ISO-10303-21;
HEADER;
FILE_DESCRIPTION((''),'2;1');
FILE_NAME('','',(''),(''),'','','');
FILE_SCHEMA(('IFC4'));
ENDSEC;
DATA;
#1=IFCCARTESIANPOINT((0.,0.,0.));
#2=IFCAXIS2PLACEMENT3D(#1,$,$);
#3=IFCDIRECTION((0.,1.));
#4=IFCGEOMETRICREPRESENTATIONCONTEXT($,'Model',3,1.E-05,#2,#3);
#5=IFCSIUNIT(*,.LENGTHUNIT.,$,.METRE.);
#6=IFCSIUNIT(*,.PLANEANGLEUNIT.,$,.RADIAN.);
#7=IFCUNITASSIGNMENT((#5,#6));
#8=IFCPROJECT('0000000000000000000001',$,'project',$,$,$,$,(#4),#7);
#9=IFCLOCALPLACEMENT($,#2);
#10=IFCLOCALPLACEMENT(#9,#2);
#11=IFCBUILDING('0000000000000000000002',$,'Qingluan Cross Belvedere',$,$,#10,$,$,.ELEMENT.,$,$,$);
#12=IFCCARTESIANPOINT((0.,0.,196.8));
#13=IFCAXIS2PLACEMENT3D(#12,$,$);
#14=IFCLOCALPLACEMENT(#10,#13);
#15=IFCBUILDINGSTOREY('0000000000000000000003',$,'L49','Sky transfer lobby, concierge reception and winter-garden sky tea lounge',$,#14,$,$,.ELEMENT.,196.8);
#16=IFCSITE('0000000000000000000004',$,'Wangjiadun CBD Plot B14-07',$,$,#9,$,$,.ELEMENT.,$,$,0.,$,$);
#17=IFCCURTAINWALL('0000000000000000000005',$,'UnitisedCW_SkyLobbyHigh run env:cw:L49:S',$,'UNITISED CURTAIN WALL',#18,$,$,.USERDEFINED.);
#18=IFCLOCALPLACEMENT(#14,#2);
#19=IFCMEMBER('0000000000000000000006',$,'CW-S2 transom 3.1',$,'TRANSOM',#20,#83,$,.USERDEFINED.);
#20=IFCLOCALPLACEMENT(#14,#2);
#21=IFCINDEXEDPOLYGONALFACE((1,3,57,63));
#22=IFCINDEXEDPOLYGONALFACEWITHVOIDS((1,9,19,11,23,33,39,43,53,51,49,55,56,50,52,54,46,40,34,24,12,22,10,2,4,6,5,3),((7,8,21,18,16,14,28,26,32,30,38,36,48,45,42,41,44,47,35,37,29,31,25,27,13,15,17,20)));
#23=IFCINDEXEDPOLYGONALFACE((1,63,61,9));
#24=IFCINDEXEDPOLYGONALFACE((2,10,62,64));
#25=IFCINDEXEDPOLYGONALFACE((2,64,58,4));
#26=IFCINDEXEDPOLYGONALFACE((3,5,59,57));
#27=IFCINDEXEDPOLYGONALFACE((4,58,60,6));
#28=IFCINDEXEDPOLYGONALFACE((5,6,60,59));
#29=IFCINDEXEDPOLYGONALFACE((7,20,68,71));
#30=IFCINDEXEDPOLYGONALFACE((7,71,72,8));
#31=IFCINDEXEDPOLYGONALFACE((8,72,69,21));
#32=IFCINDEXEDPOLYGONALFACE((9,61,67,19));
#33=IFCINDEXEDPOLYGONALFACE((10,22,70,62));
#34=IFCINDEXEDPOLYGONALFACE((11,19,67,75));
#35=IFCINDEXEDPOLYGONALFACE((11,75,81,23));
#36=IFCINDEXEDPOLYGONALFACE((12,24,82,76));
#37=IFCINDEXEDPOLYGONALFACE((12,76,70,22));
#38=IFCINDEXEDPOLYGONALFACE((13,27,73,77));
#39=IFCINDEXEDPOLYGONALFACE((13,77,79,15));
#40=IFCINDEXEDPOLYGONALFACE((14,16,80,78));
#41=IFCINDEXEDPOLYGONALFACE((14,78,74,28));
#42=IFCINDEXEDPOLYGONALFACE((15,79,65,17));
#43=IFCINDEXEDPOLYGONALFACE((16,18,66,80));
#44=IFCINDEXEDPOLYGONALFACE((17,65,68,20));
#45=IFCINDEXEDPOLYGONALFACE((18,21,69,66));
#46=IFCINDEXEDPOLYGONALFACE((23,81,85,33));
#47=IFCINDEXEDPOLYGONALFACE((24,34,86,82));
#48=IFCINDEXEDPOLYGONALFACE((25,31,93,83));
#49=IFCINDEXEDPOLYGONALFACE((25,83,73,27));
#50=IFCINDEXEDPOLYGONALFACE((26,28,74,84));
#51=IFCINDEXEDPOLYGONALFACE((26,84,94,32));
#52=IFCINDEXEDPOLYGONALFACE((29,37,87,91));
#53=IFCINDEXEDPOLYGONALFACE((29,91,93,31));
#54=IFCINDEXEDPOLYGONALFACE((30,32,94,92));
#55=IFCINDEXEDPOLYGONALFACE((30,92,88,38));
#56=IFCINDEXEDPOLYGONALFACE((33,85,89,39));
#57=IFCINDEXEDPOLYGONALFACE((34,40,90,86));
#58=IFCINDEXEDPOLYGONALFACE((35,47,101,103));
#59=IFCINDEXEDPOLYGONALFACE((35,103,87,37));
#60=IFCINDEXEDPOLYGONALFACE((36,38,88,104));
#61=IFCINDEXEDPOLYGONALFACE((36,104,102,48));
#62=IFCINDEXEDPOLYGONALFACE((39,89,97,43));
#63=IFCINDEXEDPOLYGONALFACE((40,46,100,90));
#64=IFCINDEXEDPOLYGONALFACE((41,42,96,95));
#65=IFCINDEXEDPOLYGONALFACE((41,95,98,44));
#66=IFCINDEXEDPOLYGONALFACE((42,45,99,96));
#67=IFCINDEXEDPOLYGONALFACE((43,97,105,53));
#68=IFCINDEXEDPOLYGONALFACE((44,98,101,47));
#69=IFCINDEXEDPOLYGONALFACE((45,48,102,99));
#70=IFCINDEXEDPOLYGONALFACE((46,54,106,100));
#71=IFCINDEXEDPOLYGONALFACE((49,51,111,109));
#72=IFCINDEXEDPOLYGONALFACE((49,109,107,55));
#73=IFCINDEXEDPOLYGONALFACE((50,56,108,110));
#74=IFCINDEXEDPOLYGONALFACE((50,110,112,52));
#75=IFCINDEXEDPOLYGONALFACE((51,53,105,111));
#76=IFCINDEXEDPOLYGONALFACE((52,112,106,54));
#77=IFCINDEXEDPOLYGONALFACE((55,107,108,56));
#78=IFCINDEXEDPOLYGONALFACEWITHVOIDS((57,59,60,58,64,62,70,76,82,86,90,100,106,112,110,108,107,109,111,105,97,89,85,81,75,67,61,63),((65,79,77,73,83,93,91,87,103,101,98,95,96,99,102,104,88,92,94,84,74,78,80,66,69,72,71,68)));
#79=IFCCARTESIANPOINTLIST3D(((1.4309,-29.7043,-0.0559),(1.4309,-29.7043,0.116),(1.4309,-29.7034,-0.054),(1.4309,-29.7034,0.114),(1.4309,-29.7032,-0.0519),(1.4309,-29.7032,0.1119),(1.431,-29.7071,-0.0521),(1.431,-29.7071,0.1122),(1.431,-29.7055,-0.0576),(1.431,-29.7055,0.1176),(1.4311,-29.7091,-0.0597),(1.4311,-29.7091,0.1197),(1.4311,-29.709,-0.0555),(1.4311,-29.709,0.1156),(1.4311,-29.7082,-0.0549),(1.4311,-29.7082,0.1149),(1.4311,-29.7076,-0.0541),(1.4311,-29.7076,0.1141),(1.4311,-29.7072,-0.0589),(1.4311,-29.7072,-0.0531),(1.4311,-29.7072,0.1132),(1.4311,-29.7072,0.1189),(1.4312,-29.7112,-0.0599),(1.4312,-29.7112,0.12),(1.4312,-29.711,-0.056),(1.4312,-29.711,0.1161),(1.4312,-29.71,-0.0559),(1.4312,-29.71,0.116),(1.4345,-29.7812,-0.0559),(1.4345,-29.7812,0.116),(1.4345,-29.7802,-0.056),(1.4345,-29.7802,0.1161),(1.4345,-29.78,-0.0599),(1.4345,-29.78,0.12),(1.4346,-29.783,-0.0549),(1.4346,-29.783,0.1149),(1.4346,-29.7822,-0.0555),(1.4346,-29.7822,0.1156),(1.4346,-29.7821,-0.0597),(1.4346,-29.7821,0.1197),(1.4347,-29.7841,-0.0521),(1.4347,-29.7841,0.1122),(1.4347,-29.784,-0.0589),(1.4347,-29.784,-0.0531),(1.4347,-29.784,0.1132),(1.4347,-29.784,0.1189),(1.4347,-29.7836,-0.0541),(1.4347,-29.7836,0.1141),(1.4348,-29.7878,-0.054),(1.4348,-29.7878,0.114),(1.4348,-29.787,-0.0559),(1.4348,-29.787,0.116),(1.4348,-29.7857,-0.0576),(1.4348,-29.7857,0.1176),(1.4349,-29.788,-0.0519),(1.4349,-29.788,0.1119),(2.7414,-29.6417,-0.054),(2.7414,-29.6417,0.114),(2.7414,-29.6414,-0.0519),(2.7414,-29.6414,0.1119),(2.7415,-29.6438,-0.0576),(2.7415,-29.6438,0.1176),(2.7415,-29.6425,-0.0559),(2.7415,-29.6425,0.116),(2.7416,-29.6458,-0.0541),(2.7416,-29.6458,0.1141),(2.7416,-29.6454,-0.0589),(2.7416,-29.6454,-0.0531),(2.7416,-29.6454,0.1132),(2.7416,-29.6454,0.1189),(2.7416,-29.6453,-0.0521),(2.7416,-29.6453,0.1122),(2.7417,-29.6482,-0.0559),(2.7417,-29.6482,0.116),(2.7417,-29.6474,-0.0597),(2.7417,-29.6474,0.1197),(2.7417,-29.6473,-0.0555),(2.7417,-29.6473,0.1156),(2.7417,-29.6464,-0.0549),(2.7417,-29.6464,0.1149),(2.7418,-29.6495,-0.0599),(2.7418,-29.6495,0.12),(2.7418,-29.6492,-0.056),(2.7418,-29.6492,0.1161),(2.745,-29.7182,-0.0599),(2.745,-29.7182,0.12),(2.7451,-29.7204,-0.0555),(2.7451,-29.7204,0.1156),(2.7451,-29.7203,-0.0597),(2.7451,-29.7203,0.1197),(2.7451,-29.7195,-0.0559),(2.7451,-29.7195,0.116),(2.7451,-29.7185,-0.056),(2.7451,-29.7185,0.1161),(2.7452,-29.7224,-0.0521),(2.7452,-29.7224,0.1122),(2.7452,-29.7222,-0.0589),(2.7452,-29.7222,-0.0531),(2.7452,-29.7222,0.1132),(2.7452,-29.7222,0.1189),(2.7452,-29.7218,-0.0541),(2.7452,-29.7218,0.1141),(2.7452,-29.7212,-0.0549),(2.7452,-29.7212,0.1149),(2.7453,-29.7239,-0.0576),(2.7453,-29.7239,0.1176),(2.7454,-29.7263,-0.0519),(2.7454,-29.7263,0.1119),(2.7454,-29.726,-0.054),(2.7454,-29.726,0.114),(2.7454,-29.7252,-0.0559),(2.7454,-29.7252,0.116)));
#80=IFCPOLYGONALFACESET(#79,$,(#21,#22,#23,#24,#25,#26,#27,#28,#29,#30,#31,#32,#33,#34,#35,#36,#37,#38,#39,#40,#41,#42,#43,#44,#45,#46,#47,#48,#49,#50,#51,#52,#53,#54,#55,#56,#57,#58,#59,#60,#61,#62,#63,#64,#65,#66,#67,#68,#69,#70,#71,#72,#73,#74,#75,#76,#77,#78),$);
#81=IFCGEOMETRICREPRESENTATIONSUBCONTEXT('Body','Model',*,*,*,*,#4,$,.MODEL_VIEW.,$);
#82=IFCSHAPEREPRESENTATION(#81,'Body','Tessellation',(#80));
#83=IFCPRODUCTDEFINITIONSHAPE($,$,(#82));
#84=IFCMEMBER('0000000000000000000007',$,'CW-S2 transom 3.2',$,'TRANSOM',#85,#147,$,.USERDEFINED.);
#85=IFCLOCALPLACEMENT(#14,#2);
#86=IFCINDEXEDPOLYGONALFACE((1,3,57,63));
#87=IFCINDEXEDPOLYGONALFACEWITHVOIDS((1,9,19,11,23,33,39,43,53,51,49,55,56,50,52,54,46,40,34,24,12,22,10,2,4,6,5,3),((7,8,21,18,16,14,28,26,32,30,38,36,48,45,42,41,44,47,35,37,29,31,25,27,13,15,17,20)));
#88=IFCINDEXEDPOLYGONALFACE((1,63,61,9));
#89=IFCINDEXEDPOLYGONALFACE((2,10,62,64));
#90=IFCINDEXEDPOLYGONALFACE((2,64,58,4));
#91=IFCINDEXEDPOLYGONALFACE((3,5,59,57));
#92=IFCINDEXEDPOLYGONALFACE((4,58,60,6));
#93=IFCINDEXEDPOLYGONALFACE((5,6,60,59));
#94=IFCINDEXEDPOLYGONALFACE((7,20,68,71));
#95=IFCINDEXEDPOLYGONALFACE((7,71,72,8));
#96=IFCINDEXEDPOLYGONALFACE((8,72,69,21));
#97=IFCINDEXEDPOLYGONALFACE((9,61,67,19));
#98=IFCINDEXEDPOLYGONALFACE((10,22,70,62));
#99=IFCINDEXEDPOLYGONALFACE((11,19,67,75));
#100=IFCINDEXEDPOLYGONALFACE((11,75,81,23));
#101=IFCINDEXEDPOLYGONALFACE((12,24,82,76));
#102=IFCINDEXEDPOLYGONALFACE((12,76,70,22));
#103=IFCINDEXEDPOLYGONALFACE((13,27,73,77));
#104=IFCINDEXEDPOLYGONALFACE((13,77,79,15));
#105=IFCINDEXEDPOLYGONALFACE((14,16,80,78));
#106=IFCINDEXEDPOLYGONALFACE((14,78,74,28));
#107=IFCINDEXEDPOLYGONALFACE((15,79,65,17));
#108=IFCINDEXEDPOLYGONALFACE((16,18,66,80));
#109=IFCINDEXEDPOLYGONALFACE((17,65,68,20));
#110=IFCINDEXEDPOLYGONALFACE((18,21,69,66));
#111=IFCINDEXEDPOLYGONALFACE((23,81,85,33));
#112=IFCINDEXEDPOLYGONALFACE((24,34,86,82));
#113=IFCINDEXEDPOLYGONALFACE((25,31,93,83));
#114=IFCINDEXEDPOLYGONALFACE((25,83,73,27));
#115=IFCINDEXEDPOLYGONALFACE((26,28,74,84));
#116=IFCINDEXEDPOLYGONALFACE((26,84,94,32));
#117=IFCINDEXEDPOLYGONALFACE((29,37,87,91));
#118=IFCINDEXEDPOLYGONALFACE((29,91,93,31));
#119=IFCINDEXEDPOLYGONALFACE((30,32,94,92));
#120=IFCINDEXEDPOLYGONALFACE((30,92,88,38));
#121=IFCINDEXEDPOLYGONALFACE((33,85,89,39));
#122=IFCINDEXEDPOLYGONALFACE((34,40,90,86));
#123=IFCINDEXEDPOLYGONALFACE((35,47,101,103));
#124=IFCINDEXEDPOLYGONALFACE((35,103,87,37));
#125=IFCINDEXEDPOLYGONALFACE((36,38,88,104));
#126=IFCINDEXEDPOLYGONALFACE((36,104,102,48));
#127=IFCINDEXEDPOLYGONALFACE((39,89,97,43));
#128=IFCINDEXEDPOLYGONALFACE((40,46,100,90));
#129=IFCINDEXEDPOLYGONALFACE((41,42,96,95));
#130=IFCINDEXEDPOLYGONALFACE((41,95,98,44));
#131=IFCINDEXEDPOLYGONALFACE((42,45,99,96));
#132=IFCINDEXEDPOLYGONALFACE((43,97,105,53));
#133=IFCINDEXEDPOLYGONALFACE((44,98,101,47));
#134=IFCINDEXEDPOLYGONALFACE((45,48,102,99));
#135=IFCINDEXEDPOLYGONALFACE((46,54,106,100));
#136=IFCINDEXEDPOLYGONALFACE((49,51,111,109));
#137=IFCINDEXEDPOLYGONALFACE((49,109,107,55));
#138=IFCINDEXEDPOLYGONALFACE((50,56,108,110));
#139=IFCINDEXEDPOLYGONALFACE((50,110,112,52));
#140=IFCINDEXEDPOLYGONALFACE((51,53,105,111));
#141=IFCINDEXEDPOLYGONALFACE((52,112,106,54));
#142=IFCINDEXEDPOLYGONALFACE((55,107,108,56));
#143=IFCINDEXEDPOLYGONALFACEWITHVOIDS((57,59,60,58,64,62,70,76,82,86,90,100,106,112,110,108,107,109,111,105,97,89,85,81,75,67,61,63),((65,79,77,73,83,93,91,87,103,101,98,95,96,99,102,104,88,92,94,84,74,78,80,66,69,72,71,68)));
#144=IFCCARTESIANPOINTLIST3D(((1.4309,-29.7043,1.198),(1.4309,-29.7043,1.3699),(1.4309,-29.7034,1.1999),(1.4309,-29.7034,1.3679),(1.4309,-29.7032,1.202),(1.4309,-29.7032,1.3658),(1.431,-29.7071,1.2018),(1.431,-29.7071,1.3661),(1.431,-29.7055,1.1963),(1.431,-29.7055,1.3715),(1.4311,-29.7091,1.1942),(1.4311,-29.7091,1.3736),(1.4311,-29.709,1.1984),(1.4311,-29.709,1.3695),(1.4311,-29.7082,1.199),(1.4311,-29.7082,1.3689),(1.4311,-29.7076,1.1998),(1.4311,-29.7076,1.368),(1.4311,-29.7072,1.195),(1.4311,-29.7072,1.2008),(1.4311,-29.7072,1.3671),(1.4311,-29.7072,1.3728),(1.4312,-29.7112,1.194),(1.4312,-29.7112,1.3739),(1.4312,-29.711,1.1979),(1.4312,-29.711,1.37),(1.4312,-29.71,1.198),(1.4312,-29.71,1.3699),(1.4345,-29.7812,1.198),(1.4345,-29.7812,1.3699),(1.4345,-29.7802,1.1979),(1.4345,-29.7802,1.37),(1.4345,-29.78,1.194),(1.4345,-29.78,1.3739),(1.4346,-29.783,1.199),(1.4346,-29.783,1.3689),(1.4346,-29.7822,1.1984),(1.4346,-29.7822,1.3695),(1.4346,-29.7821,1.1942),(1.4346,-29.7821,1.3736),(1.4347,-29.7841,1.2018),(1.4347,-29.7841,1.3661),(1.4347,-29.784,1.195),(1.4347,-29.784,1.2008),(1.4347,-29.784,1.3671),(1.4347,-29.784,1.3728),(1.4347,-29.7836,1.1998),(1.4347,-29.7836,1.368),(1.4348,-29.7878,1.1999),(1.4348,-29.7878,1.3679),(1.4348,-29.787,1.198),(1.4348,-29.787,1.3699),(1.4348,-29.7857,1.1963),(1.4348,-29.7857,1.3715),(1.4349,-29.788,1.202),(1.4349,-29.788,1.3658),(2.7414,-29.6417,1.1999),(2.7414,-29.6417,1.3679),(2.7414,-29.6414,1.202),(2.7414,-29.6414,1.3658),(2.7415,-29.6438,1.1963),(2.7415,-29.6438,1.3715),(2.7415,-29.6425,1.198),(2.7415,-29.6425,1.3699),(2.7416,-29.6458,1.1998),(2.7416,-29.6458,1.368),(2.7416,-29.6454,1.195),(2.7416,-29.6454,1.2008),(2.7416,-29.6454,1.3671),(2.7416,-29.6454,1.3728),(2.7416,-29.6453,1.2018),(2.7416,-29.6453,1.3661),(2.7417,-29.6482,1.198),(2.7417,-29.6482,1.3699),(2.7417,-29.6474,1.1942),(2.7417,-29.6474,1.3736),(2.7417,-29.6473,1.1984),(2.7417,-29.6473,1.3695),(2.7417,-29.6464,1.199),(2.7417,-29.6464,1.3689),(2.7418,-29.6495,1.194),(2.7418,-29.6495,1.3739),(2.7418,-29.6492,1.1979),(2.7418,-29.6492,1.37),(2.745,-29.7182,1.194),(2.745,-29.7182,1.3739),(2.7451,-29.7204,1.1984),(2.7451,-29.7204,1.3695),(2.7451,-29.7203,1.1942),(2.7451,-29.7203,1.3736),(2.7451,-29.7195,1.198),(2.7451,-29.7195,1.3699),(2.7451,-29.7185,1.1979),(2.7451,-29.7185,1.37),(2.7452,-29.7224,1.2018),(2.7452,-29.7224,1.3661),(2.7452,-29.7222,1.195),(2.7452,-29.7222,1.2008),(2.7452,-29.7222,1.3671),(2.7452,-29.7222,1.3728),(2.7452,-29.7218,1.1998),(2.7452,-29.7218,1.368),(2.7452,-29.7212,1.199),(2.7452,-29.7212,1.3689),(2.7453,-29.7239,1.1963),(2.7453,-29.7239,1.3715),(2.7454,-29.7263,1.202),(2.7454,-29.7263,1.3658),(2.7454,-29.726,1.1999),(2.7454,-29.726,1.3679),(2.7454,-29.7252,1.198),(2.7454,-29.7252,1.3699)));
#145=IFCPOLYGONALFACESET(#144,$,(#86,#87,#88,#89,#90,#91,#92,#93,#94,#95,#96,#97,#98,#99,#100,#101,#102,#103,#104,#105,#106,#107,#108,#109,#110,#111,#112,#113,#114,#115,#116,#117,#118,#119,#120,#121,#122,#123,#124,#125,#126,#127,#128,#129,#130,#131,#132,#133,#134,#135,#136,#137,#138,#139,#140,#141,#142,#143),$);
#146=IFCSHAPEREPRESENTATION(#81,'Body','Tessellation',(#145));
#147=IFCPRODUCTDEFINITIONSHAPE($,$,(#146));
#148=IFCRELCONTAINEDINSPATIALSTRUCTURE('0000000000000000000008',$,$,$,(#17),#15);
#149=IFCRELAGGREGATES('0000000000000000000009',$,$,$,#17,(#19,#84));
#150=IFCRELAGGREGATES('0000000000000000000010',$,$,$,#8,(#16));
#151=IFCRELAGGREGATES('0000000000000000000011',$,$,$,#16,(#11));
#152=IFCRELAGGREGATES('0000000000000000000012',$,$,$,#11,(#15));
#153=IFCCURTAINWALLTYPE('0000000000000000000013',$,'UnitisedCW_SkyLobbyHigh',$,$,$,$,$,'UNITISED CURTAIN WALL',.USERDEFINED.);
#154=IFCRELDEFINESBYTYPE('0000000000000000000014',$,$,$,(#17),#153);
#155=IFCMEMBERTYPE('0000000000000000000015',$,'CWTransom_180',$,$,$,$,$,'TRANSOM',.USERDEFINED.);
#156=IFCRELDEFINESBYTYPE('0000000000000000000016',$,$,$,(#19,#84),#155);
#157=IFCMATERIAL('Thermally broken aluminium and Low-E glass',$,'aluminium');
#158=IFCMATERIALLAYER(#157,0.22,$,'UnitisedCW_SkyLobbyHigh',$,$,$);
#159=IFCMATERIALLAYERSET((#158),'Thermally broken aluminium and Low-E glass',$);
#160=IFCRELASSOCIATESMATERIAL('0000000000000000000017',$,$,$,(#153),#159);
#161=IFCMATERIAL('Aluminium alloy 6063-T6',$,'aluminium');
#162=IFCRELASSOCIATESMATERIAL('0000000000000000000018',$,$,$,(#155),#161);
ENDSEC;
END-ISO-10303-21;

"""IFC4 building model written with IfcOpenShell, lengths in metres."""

from ifc_helpers import new_model, si_unit, direction, frame, origin, origin_2d, place, context, subcontext, project, spatial, hollow_rectangle, extrude, material, layer, layer_set, material_profile, profile_set, type_object, element, aggregate, save


model = new_model("IFC4")

# Units and contexts
model_context = context("Model", 3, precision=1e-05, world=origin(), true_north=direction((0.0, 1.0)))
body_context = subcontext(model_context, "Body", "Model", "MODEL_VIEW")
ifc_project = project(units=[si_unit("LENGTHUNIT", "METRE"), si_unit("PLANEANGLEUNIT", "RADIAN")], contexts=[model_context])

# Site, building, storey
site_placement = place(None, origin())
site = spatial("IfcSite", under=ifc_project, at=site_placement, Name="Wangjiadun CBD Plot B14-07", CompositionType="ELEMENT", RefElevation=0.0)
building_placement = place(site_placement, origin())
building = spatial("IfcBuilding", under=site, at=building_placement, Name="Qingluan Cross Belvedere", CompositionType="ELEMENT")
storey_placement = place(building_placement, frame((0.0, 0.0, 196.8)))
storey = spatial("IfcBuildingStorey", under=building, at=storey_placement, Name="L49", Description="Sky transfer lobby, concierge reception and winter-garden sky tea lounge", CompositionType="ELEMENT", Elevation=196.8)

# Curtain wall, members
ifc_material_1 = material(Name="Thermally broken aluminium and Low-E glass", Category="aluminium")
ifc_layer_1 = layer(ifc_material_1, 0.22, Name="UnitisedCW_SkyLobbyHigh")
ifc_layer_set_1 = layer_set([ifc_layer_1], Name="Thermally broken aluminium and Low-E glass")
curtain_wall_type = type_object("IfcCurtainWallType", Name="UnitisedCW_SkyLobbyHigh", ElementType="UNITISED CURTAIN WALL", PredefinedType="USERDEFINED", material=ifc_layer_set_1)
curtain_wall_placement = place(storey_placement, origin())
curtain_wall = element("IfcCurtainWall", 1, at=curtain_wall_placement, inside=storey, type_object=curtain_wall_type, Name="UnitisedCW_SkyLobbyHigh run env:cw:L49:S", ObjectType="UNITISED CURTAIN WALL", PredefinedType="USERDEFINED")
ifc_material_2 = material(Name="Aluminium alloy 6063-T6", Category="aluminium")
ifc_material_profile_1 = material_profile(ifc_material_2, hollow_rectangle(XDim=0.085, YDim=0.1799, WallThickness=0.0039, InnerFilletRadius=0.0039, OuterFilletRadius=0.0081, at=origin_2d()), Name="CWT180x85x4")
ifc_profile_set_1 = profile_set([ifc_material_profile_1], Name="Aluminium alloy 6063-T6")
member_type_1 = type_object("IfcMemberType", Name="CWTransom_180", ElementType="TRANSOM", PredefinedType="USERDEFINED", material=ifc_profile_set_1)
member_1_placement = place(storey_placement, frame((1.4329, -29.7456, 0.03), z_axis=(0.998891, 0.047079, 0.0), x_axis=(-0.047079, 0.998891, 0.0)))
member_1 = element("IfcMember", 2, at=member_1_placement, type_object=member_type_1, Name="CW-S2 transom 3.1", ObjectType="TRANSOM", PredefinedType="USERDEFINED", context=body_context, shape_type="SweptSolid", body=[
    extrude(hollow_rectangle(XDim=0.085, YDim=0.1799, WallThickness=0.0039, InnerFilletRadius=0.0039, OuterFilletRadius=0.0081, at=origin_2d()), origin(), (0.0, 0.0, 1.0), 1.312),
])
member_2_placement = place(storey_placement, frame((1.4329, -29.7456, 1.2839), z_axis=(0.998891, 0.047079, 0.0), x_axis=(-0.047079, 0.998891, 0.0)))
member_2 = element("IfcMember", 3, at=member_2_placement, type_object=member_type_1, Name="CW-S2 transom 3.2", ObjectType="TRANSOM", PredefinedType="USERDEFINED", context=body_context, shape_type="SweptSolid", body=[
    extrude(hollow_rectangle(XDim=0.085, YDim=0.1799, WallThickness=0.0039, InnerFilletRadius=0.0039, OuterFilletRadius=0.0081, at=origin_2d()), origin(), (0.0, 0.0, 1.0), 1.312),
])
aggregate(curtain_wall, [member_1, member_2])

save(model, "model.ifc")
